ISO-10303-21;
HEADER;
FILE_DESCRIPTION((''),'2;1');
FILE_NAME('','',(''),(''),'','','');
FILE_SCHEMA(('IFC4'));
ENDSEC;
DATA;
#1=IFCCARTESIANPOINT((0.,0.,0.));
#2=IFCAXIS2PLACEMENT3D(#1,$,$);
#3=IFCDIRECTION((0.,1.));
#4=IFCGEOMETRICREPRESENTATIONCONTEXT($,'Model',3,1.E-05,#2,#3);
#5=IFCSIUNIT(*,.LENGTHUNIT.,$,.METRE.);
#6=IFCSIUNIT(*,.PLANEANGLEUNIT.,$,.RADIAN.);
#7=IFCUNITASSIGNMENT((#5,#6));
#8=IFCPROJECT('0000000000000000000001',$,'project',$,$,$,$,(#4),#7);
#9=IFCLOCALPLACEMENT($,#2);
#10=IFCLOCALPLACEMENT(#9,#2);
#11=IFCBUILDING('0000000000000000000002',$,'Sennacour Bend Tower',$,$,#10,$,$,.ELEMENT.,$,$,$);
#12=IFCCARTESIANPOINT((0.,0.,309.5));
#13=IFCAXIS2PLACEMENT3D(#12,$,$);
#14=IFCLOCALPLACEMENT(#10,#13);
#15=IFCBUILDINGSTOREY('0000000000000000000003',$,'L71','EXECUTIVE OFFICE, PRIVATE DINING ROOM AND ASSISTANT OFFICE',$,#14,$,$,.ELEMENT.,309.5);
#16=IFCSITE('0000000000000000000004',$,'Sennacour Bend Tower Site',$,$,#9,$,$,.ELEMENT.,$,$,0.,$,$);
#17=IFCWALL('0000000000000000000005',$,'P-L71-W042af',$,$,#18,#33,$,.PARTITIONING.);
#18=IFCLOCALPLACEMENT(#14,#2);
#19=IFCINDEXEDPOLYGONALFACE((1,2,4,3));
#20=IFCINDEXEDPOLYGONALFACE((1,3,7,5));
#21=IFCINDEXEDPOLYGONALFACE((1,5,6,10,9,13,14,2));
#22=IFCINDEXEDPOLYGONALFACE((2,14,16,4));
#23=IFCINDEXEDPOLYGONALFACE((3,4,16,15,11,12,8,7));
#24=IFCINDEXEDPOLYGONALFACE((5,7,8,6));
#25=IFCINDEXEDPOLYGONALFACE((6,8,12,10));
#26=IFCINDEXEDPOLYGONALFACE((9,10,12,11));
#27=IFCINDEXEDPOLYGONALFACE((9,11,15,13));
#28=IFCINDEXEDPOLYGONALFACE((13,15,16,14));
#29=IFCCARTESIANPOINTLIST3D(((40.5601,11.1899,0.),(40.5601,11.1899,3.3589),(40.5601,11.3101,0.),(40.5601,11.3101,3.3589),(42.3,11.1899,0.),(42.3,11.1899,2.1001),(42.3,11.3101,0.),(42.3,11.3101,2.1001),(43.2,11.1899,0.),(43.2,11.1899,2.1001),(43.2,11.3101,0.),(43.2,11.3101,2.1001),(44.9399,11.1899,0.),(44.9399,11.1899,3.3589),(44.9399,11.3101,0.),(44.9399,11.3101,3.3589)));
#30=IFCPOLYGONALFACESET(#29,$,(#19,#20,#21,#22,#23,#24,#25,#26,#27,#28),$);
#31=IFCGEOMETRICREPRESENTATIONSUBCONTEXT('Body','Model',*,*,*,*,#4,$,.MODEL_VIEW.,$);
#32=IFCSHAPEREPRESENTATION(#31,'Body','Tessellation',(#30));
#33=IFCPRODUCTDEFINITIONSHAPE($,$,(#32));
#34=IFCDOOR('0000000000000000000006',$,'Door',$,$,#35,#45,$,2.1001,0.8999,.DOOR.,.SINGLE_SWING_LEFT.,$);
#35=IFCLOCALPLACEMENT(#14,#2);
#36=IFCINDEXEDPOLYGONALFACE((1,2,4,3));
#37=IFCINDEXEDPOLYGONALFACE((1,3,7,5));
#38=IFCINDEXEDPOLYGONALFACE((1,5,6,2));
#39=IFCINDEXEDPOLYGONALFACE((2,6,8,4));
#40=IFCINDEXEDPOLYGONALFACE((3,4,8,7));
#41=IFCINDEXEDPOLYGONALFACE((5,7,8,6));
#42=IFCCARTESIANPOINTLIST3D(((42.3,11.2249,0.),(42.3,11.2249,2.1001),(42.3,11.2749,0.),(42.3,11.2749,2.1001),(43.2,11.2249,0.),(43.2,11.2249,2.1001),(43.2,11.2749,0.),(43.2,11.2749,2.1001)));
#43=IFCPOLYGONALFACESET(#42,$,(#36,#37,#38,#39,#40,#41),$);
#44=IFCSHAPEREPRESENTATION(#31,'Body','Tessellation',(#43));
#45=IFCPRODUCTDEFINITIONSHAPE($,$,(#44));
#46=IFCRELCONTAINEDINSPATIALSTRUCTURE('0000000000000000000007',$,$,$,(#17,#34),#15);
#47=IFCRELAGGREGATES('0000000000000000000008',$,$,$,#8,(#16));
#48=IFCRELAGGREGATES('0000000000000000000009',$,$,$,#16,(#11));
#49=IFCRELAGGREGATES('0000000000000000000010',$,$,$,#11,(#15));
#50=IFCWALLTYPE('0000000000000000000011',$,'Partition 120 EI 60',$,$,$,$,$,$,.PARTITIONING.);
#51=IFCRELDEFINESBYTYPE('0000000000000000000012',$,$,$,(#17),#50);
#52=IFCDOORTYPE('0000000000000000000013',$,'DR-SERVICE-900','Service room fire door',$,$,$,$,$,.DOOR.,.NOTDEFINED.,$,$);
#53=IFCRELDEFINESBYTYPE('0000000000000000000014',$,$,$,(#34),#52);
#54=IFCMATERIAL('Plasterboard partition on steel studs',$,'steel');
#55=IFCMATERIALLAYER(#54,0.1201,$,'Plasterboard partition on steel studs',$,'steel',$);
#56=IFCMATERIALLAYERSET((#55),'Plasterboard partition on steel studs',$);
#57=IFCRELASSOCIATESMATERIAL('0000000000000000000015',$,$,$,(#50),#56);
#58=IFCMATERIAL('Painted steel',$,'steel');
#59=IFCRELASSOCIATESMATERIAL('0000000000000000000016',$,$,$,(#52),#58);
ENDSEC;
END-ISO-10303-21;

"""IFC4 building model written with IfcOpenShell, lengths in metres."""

from ifc_helpers import new_model, si_unit, direction, frame, frame_2d, origin, place, context, subcontext, project, spatial, rectangle, extrude, material, layer, layer_set, type_object, element, fill, save


model = new_model("IFC4")

# Units and contexts
model_context = context("Model", 3, precision=1e-05, world=origin(), true_north=direction((0.0, 1.0)))
body_context = subcontext(model_context, "Body", "Model", "MODEL_VIEW")
ifc_project = project(units=[si_unit("LENGTHUNIT", "METRE"), si_unit("PLANEANGLEUNIT", "RADIAN")], contexts=[model_context])

# Site, building, storey
site_placement = place(None, origin())
site = spatial("IfcSite", under=ifc_project, at=site_placement, Name="Sennacour Bend Tower Site", CompositionType="ELEMENT", RefElevation=0.0)
building_placement = place(site_placement, origin())
building = spatial("IfcBuilding", under=site, at=building_placement, Name="Sennacour Bend Tower", CompositionType="ELEMENT")
storey_placement = place(building_placement, frame((0.0, 0.0, 309.5)))
storey = spatial("IfcBuildingStorey", under=building, at=storey_placement, Name="L71", Description="EXECUTIVE OFFICE, PRIVATE DINING ROOM AND ASSISTANT OFFICE", CompositionType="ELEMENT", Elevation=309.5)

# Shared definitions
ifc_material_1 = material(Name="Plasterboard partition on steel studs", Category="steel")

# Wall, opening, door
ifc_layer_1 = layer(ifc_material_1, 0.1201, Name="Plasterboard partition on steel studs", Category="steel")
ifc_layer_set_1 = layer_set([ifc_layer_1], Name="Plasterboard partition on steel studs")
wall_type_1 = type_object("IfcWallType", Name="Partition 120 EI 60", PredefinedType="PARTITIONING", material=ifc_layer_set_1)
ifc_material_2 = material(Name="Painted steel", Category="steel")
wall_1_placement = place(storey_placement, frame((40.5601, 11.25, 0.0), z_axis=(0.0, 0.0, 1.0), x_axis=(1.0, 0.0, 0.0)))
wall_1 = element("IfcWall", 1, at=wall_1_placement, inside=storey, type_object=wall_type_1, Name="P-L71-W042af", PredefinedType="PARTITIONING", context=body_context, shape_type="SweptSolid", body=[
    extrude(rectangle(XDim=4.3799, YDim=0.1201, at=frame_2d((2.1899, 0.0))), origin(), (0.0, 0.0, 1.0), 3.3589),
])
opening_1_placement = place(wall_1_placement, frame((1.74, 0.0, 0.0)))
opening_1 = element("IfcOpeningElement", 2, at=opening_1_placement, cuts=wall_1, PredefinedType="OPENING", context=body_context, shape_type="SweptSolid", body=[
    extrude(rectangle(XDim=0.8999, YDim=2.1001, at=frame_2d((0.45, 1.05))), frame((0.0, 0.0701, 0.0), z_axis=(0.0, -1.0, 0.0), x_axis=(1.0, 0.0, 0.0)), (0.0, 0.0, 1.0), 0.1401),
])
door_type_1 = type_object("IfcDoorType", Name="DR-SERVICE-900", Description="Service room fire door", OperationType="NOTDEFINED", PredefinedType="DOOR", material=ifc_material_2)
door_1_placement = place(opening_1_placement, origin())
door_1 = element("IfcDoor", 3, at=door_1_placement, inside=storey, type_object=door_type_1, Name="Door", OperationType="SINGLE_SWING_LEFT", OverallHeight=2.1001, OverallWidth=0.8999, PredefinedType="DOOR", context=body_context, shape_type="SweptSolid", body=[
    extrude(rectangle(XDim=0.8999, YDim=2.1001, at=frame_2d((0.45, 1.05))), frame((0.0, 0.0249, 0.0), z_axis=(0.0, -1.0, 0.0), x_axis=(1.0, 0.0, 0.0)), (0.0, 0.0, 1.0), 0.05),
])
fill(opening_1, door_1)

save(model, "model.ifc")
